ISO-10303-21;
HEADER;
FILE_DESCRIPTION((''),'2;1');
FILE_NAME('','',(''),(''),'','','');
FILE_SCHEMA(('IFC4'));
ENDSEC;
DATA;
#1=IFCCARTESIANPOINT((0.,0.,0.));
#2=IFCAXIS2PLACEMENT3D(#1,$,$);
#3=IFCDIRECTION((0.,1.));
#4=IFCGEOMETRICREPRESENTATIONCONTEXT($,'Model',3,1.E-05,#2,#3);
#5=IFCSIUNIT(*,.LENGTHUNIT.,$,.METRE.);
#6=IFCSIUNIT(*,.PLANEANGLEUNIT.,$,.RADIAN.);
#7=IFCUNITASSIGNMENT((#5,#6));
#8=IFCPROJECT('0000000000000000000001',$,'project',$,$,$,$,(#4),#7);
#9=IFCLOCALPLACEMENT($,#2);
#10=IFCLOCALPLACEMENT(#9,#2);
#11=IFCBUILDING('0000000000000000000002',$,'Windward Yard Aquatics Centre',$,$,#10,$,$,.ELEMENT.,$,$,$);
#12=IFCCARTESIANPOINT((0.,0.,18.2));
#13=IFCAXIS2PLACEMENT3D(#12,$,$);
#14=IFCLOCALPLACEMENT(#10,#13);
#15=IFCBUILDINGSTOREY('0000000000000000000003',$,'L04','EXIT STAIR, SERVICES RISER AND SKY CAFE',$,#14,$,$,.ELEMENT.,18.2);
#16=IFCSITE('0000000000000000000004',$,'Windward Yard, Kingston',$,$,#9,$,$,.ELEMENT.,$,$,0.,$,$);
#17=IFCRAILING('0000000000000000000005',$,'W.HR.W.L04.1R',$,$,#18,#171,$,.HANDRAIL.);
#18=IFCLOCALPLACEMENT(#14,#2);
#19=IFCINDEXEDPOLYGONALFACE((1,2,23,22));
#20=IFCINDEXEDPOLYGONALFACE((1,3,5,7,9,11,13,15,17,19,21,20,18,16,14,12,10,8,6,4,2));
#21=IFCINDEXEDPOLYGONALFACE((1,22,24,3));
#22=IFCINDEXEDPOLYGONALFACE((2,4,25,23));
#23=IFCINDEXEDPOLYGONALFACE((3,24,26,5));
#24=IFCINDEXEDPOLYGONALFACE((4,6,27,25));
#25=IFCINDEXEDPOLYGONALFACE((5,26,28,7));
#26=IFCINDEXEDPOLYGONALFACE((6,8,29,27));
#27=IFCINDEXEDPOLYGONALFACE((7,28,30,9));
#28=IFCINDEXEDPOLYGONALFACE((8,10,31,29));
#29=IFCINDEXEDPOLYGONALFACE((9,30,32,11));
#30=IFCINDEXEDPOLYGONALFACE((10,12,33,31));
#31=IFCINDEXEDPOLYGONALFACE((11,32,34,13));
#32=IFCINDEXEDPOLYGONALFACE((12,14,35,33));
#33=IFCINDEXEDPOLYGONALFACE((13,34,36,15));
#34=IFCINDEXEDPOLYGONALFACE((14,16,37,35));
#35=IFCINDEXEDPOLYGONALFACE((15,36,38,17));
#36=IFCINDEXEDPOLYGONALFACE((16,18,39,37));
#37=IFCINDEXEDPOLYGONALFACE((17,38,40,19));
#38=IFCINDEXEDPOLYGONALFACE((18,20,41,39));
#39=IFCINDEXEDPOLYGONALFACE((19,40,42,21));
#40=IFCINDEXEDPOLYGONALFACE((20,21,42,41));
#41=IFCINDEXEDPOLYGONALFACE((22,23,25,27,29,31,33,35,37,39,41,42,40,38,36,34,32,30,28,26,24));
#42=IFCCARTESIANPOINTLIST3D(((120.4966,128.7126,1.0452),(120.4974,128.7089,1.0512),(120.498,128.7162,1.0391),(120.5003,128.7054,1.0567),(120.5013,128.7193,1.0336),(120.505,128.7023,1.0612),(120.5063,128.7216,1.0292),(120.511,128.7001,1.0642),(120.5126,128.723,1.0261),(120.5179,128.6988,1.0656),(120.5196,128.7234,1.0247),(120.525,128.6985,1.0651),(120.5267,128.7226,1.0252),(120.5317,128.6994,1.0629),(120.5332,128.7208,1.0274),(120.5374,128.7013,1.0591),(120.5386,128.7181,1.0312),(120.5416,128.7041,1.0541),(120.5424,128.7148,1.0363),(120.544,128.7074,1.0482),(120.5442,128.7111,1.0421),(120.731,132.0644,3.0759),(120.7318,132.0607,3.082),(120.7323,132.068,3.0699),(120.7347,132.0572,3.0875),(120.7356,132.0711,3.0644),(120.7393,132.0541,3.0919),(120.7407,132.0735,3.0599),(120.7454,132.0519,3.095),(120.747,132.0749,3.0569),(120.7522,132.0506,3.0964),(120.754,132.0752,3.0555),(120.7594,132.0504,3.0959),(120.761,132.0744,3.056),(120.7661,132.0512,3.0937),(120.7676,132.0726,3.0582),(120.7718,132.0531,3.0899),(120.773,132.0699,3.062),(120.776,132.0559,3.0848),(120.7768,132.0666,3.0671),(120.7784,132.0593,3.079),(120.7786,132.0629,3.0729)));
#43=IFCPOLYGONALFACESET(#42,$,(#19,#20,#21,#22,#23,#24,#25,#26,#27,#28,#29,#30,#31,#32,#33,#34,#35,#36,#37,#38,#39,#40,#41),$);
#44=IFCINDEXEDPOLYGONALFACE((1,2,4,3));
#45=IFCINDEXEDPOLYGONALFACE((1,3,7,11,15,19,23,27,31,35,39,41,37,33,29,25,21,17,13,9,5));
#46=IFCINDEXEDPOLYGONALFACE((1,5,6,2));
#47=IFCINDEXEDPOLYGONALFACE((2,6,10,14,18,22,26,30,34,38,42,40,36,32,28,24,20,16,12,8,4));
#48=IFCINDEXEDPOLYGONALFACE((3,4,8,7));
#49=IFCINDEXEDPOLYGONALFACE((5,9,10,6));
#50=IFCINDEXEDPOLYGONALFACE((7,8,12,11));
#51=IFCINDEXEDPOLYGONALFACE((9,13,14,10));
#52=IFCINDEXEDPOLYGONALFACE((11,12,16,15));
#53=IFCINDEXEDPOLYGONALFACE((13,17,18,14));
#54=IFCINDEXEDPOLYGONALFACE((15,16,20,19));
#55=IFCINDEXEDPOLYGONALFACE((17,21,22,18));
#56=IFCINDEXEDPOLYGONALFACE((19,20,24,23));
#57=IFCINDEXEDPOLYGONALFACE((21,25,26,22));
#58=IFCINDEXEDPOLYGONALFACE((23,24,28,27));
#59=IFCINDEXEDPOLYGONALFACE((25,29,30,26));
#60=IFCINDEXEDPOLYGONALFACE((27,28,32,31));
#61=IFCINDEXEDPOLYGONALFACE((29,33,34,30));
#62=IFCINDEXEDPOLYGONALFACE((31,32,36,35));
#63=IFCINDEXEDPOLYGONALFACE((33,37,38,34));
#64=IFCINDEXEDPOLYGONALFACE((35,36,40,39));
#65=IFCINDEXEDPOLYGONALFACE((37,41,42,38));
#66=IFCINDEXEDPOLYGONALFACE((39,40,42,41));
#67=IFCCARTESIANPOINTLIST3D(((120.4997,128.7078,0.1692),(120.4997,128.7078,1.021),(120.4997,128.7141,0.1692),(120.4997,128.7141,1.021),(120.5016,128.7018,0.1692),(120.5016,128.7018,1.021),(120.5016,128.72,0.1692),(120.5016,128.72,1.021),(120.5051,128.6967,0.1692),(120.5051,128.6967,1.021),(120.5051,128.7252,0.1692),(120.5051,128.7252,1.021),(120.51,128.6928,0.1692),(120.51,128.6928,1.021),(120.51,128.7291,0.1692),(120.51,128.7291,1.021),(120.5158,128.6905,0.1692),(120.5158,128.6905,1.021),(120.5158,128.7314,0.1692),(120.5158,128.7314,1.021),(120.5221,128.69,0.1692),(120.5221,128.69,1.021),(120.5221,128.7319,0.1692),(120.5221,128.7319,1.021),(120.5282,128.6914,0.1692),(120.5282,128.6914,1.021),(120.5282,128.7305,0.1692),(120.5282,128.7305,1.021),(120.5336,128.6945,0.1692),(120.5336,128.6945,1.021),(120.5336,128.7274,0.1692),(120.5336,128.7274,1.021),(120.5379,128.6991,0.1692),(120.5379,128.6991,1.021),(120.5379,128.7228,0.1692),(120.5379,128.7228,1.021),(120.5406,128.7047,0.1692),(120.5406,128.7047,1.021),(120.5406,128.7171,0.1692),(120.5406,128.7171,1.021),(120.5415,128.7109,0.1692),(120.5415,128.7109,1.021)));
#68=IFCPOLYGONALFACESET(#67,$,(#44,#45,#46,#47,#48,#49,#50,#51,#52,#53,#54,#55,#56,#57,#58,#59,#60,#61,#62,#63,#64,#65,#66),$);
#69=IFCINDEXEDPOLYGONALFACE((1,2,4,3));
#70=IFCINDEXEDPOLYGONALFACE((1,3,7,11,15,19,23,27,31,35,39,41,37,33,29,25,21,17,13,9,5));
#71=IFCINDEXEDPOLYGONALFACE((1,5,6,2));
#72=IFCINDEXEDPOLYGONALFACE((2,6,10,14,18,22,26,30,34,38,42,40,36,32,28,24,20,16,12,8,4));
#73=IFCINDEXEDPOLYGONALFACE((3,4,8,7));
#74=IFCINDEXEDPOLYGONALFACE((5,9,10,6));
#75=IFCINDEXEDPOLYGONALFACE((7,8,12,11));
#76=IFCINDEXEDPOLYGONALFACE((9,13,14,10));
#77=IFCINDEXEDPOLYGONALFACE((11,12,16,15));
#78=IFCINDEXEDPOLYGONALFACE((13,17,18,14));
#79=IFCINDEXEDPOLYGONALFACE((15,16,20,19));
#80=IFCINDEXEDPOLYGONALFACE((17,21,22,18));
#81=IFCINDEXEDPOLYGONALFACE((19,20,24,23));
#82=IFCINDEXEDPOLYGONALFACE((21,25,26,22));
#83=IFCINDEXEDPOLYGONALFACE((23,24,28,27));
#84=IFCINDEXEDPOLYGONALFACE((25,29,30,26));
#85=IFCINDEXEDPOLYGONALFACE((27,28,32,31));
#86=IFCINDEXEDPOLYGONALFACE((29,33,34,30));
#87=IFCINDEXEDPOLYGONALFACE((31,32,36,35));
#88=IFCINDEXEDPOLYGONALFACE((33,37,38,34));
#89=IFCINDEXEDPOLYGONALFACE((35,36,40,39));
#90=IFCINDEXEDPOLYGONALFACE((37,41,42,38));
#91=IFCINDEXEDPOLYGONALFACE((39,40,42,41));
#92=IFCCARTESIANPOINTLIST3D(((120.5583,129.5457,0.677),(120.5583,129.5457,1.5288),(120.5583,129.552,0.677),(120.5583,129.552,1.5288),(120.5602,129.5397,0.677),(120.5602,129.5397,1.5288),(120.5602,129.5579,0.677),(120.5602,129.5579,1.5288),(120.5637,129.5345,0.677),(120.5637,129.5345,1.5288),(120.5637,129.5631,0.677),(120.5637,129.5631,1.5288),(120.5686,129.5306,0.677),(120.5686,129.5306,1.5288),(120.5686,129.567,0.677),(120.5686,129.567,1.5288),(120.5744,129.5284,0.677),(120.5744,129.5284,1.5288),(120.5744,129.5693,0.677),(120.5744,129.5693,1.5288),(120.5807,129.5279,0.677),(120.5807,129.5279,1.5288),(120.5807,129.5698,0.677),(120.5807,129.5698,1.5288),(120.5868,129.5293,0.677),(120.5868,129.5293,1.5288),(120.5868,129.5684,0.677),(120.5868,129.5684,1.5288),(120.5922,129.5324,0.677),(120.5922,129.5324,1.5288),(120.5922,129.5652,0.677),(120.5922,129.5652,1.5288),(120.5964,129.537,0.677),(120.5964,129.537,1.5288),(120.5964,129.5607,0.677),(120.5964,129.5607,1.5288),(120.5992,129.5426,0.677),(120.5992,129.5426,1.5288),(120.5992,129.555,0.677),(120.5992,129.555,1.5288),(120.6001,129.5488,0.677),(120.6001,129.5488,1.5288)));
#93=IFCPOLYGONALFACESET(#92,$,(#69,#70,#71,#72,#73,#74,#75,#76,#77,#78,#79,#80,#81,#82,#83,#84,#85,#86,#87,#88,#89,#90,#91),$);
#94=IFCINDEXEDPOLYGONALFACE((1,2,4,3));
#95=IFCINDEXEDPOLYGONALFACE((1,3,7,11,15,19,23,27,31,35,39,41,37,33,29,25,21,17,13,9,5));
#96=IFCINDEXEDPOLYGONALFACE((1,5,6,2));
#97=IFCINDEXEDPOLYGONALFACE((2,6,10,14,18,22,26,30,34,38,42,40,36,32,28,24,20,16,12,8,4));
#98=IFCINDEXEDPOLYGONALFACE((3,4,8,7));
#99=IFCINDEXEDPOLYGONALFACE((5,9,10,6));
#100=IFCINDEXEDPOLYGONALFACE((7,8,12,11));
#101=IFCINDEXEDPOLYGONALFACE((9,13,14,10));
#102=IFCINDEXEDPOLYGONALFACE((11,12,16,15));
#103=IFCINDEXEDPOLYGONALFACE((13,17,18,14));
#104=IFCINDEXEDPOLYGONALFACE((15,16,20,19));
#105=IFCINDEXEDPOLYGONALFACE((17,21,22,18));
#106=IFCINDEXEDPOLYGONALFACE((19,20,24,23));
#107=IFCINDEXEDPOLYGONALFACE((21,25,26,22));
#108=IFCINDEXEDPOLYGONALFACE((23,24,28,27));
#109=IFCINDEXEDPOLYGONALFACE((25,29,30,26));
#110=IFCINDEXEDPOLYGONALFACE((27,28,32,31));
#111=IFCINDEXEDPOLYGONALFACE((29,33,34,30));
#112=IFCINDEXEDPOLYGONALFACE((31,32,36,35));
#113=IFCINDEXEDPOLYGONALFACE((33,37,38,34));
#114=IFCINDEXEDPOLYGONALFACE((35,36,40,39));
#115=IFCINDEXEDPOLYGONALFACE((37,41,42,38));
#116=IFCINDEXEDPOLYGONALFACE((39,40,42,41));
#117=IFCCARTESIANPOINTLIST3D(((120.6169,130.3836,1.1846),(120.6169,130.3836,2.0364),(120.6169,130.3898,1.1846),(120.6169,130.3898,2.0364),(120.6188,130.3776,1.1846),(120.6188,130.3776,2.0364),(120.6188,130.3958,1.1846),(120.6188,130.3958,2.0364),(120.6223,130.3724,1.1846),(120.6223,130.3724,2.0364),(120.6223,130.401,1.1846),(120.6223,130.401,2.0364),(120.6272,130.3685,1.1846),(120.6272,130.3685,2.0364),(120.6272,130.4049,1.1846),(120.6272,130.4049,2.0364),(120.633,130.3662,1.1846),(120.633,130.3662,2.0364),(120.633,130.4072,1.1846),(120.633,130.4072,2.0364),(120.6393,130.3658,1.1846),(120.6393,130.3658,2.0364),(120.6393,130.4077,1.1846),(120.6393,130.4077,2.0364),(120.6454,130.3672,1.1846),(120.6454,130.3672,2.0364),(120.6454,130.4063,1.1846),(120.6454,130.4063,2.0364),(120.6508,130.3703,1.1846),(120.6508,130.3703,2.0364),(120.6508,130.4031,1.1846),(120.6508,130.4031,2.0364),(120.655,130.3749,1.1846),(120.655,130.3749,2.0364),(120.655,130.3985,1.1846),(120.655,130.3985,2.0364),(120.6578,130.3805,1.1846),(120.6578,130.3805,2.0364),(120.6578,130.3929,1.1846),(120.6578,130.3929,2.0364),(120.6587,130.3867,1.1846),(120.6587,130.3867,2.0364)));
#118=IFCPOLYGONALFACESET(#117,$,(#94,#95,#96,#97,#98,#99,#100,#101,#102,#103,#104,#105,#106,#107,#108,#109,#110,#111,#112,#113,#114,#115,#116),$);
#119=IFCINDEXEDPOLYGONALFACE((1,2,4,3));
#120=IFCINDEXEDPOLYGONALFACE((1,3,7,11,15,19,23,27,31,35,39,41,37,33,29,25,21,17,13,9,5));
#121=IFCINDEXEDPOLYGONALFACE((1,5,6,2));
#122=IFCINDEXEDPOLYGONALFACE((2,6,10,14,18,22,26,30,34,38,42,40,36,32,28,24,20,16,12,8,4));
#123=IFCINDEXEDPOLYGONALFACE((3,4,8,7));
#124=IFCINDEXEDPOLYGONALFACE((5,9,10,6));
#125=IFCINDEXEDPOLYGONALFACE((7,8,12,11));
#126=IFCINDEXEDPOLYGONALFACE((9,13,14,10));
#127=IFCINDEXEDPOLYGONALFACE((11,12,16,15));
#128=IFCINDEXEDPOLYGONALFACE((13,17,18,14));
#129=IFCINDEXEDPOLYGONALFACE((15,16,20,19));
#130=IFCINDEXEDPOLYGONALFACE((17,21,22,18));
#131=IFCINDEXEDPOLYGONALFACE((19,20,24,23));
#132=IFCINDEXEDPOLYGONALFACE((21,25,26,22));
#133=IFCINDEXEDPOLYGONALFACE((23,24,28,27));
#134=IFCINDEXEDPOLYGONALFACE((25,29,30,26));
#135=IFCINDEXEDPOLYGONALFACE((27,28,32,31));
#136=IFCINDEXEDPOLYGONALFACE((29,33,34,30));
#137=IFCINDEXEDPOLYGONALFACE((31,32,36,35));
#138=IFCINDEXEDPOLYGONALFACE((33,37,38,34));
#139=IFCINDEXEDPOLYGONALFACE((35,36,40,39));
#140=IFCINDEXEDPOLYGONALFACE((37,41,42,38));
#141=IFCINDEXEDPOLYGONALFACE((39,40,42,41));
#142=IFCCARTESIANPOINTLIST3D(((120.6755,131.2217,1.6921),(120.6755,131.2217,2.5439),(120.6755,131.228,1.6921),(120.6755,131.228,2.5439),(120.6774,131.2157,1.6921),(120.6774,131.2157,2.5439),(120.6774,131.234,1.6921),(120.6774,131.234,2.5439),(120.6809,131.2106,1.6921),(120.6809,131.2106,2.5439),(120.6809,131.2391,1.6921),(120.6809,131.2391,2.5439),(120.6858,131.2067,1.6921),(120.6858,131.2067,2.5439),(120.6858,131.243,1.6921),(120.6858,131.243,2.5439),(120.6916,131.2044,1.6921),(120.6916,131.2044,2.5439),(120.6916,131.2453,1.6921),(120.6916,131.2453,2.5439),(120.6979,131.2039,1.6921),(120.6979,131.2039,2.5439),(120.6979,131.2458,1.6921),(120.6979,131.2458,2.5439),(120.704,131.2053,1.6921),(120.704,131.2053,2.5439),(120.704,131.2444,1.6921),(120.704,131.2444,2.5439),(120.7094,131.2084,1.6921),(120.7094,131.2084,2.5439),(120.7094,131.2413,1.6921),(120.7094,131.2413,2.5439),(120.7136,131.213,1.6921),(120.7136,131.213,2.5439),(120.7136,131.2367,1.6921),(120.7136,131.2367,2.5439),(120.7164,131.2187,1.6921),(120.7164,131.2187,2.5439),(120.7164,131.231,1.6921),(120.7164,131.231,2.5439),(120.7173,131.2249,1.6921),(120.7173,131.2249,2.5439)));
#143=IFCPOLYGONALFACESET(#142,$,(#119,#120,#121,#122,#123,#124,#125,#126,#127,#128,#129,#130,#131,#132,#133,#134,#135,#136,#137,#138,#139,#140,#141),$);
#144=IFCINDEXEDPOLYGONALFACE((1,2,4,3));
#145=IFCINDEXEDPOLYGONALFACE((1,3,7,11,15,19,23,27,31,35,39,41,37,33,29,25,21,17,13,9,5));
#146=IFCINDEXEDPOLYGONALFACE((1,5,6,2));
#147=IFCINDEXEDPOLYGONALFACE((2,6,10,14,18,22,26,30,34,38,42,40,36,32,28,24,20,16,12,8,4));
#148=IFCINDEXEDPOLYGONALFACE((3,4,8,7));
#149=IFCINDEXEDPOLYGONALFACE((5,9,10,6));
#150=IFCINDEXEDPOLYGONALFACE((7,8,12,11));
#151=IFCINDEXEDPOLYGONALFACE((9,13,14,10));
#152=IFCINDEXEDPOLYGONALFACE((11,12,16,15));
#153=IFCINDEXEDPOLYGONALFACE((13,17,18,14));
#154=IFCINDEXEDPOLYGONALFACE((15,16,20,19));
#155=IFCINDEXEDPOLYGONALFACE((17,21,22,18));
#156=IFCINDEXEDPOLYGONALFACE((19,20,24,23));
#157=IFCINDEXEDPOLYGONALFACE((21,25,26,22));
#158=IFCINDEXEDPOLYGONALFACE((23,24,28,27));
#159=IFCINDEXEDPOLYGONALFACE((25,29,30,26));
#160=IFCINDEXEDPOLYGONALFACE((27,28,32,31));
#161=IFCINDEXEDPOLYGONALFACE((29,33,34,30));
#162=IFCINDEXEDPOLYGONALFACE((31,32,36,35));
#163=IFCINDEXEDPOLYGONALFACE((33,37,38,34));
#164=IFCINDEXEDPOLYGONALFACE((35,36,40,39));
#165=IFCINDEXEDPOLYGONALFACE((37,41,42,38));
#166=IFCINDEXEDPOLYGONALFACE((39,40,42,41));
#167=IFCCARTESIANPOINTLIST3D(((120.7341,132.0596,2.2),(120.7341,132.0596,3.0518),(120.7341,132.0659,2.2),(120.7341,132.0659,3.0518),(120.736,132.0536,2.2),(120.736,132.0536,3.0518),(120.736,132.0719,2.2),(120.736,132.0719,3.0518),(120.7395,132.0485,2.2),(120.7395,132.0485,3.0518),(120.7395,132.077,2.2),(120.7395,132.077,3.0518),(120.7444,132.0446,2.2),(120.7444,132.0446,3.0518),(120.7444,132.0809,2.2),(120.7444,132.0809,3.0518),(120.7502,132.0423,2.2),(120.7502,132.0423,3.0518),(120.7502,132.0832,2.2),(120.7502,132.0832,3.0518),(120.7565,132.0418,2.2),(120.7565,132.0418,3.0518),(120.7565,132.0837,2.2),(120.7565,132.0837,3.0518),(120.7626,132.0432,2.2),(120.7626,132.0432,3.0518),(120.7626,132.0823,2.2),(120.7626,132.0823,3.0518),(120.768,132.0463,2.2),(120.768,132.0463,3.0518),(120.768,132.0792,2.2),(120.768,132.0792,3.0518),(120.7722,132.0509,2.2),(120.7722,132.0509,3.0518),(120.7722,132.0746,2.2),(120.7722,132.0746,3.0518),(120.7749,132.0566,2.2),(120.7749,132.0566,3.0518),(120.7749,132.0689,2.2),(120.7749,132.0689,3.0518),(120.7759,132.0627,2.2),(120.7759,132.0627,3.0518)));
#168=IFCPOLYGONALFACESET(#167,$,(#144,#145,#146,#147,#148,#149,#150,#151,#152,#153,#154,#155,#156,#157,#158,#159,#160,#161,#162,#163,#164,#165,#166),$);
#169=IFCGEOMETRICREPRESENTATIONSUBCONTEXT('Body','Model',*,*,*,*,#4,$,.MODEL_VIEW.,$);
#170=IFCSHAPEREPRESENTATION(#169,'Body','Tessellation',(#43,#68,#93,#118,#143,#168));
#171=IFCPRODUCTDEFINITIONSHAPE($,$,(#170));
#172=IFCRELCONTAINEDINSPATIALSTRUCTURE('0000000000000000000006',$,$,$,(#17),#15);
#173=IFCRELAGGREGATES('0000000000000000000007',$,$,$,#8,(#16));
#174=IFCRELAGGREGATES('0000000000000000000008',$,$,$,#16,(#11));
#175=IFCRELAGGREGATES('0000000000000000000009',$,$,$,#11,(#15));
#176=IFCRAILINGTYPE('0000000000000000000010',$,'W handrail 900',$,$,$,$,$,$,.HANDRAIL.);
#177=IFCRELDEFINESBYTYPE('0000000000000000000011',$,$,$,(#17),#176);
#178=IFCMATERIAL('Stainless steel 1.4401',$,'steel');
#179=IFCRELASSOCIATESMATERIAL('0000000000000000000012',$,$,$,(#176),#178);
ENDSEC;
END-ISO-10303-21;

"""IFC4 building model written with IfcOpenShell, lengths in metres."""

from ifc_helpers import new_model, si_unit, direction, frame, origin, origin_2d, place, context, subcontext, project, spatial, circle, extrude, material, type_object, element, save


model = new_model("IFC4")

# Units and contexts
model_context = context("Model", 3, precision=1e-05, world=origin(), true_north=direction((0.0, 1.0)))
body_context = subcontext(model_context, "Body", "Model", "MODEL_VIEW")
ifc_project = project(units=[si_unit("LENGTHUNIT", "METRE"), si_unit("PLANEANGLEUNIT", "RADIAN")], contexts=[model_context])

# Site, building, storey
site_placement = place(None, origin())
site = spatial("IfcSite", under=ifc_project, at=site_placement, Name="Windward Yard, Kingston", CompositionType="ELEMENT", RefElevation=0.0)
building_placement = place(site_placement, origin())
building = spatial("IfcBuilding", under=site, at=building_placement, Name="Windward Yard Aquatics Centre", CompositionType="ELEMENT")
storey_placement = place(building_placement, frame((0.0, 0.0, 18.2)))
storey = spatial("IfcBuildingStorey", under=building, at=storey_placement, Name="L04", Description="EXIT STAIR, SERVICES RISER AND SKY CAFE", CompositionType="ELEMENT", Elevation=18.2)

# Railing
ifc_material_1 = material(Name="Stainless steel 1.4401", Category="steel")
railing_type_1 = type_object("IfcRailingType", Name="W handrail 900", PredefinedType="HANDRAIL", material=ifc_material_1)
for number, where, name in (
    (1, (120.5205, 128.7109, 0.1692), "W.HR.W.L04.1R"),
):
    element("IfcRailing", number, at=place(storey_placement, frame(where)), inside=storey, type_object=railing_type_1, Name=name, PredefinedType="HANDRAIL", context=body_context, shape_type="SweptSolid", body=[
        extrude(circle(Radius=0.0239, at=origin_2d()), frame((0.0, 0.0, 0.876), z_axis=(0.059698, 0.853744, 0.517259), x_axis=(-0.997564, 0.069755, 0.0)), (0.0, 0.0, 1.0), 3.926),
        extrude(circle(Radius=0.021, at=origin_2d()), origin(), (0.0, 0.0, 1.0), 0.8518),
        extrude(circle(Radius=0.021, at=origin_2d()), frame((0.0586, 0.8379, 0.5078)), (0.0, 0.0, 1.0), 0.8518),
        extrude(circle(Radius=0.021, at=origin_2d()), frame((0.1172, 1.6758, 1.0154)), (0.0, 0.0, 1.0), 0.8518),
        extrude(circle(Radius=0.021, at=origin_2d()), frame((0.1758, 2.5139, 1.5229)), (0.0, 0.0, 1.0), 0.8518),
        extrude(circle(Radius=0.021, at=origin_2d()), frame((0.2344, 3.3518, 2.0308)), (0.0, 0.0, 1.0), 0.8518),
    ])

save(model, "model.ifc")
